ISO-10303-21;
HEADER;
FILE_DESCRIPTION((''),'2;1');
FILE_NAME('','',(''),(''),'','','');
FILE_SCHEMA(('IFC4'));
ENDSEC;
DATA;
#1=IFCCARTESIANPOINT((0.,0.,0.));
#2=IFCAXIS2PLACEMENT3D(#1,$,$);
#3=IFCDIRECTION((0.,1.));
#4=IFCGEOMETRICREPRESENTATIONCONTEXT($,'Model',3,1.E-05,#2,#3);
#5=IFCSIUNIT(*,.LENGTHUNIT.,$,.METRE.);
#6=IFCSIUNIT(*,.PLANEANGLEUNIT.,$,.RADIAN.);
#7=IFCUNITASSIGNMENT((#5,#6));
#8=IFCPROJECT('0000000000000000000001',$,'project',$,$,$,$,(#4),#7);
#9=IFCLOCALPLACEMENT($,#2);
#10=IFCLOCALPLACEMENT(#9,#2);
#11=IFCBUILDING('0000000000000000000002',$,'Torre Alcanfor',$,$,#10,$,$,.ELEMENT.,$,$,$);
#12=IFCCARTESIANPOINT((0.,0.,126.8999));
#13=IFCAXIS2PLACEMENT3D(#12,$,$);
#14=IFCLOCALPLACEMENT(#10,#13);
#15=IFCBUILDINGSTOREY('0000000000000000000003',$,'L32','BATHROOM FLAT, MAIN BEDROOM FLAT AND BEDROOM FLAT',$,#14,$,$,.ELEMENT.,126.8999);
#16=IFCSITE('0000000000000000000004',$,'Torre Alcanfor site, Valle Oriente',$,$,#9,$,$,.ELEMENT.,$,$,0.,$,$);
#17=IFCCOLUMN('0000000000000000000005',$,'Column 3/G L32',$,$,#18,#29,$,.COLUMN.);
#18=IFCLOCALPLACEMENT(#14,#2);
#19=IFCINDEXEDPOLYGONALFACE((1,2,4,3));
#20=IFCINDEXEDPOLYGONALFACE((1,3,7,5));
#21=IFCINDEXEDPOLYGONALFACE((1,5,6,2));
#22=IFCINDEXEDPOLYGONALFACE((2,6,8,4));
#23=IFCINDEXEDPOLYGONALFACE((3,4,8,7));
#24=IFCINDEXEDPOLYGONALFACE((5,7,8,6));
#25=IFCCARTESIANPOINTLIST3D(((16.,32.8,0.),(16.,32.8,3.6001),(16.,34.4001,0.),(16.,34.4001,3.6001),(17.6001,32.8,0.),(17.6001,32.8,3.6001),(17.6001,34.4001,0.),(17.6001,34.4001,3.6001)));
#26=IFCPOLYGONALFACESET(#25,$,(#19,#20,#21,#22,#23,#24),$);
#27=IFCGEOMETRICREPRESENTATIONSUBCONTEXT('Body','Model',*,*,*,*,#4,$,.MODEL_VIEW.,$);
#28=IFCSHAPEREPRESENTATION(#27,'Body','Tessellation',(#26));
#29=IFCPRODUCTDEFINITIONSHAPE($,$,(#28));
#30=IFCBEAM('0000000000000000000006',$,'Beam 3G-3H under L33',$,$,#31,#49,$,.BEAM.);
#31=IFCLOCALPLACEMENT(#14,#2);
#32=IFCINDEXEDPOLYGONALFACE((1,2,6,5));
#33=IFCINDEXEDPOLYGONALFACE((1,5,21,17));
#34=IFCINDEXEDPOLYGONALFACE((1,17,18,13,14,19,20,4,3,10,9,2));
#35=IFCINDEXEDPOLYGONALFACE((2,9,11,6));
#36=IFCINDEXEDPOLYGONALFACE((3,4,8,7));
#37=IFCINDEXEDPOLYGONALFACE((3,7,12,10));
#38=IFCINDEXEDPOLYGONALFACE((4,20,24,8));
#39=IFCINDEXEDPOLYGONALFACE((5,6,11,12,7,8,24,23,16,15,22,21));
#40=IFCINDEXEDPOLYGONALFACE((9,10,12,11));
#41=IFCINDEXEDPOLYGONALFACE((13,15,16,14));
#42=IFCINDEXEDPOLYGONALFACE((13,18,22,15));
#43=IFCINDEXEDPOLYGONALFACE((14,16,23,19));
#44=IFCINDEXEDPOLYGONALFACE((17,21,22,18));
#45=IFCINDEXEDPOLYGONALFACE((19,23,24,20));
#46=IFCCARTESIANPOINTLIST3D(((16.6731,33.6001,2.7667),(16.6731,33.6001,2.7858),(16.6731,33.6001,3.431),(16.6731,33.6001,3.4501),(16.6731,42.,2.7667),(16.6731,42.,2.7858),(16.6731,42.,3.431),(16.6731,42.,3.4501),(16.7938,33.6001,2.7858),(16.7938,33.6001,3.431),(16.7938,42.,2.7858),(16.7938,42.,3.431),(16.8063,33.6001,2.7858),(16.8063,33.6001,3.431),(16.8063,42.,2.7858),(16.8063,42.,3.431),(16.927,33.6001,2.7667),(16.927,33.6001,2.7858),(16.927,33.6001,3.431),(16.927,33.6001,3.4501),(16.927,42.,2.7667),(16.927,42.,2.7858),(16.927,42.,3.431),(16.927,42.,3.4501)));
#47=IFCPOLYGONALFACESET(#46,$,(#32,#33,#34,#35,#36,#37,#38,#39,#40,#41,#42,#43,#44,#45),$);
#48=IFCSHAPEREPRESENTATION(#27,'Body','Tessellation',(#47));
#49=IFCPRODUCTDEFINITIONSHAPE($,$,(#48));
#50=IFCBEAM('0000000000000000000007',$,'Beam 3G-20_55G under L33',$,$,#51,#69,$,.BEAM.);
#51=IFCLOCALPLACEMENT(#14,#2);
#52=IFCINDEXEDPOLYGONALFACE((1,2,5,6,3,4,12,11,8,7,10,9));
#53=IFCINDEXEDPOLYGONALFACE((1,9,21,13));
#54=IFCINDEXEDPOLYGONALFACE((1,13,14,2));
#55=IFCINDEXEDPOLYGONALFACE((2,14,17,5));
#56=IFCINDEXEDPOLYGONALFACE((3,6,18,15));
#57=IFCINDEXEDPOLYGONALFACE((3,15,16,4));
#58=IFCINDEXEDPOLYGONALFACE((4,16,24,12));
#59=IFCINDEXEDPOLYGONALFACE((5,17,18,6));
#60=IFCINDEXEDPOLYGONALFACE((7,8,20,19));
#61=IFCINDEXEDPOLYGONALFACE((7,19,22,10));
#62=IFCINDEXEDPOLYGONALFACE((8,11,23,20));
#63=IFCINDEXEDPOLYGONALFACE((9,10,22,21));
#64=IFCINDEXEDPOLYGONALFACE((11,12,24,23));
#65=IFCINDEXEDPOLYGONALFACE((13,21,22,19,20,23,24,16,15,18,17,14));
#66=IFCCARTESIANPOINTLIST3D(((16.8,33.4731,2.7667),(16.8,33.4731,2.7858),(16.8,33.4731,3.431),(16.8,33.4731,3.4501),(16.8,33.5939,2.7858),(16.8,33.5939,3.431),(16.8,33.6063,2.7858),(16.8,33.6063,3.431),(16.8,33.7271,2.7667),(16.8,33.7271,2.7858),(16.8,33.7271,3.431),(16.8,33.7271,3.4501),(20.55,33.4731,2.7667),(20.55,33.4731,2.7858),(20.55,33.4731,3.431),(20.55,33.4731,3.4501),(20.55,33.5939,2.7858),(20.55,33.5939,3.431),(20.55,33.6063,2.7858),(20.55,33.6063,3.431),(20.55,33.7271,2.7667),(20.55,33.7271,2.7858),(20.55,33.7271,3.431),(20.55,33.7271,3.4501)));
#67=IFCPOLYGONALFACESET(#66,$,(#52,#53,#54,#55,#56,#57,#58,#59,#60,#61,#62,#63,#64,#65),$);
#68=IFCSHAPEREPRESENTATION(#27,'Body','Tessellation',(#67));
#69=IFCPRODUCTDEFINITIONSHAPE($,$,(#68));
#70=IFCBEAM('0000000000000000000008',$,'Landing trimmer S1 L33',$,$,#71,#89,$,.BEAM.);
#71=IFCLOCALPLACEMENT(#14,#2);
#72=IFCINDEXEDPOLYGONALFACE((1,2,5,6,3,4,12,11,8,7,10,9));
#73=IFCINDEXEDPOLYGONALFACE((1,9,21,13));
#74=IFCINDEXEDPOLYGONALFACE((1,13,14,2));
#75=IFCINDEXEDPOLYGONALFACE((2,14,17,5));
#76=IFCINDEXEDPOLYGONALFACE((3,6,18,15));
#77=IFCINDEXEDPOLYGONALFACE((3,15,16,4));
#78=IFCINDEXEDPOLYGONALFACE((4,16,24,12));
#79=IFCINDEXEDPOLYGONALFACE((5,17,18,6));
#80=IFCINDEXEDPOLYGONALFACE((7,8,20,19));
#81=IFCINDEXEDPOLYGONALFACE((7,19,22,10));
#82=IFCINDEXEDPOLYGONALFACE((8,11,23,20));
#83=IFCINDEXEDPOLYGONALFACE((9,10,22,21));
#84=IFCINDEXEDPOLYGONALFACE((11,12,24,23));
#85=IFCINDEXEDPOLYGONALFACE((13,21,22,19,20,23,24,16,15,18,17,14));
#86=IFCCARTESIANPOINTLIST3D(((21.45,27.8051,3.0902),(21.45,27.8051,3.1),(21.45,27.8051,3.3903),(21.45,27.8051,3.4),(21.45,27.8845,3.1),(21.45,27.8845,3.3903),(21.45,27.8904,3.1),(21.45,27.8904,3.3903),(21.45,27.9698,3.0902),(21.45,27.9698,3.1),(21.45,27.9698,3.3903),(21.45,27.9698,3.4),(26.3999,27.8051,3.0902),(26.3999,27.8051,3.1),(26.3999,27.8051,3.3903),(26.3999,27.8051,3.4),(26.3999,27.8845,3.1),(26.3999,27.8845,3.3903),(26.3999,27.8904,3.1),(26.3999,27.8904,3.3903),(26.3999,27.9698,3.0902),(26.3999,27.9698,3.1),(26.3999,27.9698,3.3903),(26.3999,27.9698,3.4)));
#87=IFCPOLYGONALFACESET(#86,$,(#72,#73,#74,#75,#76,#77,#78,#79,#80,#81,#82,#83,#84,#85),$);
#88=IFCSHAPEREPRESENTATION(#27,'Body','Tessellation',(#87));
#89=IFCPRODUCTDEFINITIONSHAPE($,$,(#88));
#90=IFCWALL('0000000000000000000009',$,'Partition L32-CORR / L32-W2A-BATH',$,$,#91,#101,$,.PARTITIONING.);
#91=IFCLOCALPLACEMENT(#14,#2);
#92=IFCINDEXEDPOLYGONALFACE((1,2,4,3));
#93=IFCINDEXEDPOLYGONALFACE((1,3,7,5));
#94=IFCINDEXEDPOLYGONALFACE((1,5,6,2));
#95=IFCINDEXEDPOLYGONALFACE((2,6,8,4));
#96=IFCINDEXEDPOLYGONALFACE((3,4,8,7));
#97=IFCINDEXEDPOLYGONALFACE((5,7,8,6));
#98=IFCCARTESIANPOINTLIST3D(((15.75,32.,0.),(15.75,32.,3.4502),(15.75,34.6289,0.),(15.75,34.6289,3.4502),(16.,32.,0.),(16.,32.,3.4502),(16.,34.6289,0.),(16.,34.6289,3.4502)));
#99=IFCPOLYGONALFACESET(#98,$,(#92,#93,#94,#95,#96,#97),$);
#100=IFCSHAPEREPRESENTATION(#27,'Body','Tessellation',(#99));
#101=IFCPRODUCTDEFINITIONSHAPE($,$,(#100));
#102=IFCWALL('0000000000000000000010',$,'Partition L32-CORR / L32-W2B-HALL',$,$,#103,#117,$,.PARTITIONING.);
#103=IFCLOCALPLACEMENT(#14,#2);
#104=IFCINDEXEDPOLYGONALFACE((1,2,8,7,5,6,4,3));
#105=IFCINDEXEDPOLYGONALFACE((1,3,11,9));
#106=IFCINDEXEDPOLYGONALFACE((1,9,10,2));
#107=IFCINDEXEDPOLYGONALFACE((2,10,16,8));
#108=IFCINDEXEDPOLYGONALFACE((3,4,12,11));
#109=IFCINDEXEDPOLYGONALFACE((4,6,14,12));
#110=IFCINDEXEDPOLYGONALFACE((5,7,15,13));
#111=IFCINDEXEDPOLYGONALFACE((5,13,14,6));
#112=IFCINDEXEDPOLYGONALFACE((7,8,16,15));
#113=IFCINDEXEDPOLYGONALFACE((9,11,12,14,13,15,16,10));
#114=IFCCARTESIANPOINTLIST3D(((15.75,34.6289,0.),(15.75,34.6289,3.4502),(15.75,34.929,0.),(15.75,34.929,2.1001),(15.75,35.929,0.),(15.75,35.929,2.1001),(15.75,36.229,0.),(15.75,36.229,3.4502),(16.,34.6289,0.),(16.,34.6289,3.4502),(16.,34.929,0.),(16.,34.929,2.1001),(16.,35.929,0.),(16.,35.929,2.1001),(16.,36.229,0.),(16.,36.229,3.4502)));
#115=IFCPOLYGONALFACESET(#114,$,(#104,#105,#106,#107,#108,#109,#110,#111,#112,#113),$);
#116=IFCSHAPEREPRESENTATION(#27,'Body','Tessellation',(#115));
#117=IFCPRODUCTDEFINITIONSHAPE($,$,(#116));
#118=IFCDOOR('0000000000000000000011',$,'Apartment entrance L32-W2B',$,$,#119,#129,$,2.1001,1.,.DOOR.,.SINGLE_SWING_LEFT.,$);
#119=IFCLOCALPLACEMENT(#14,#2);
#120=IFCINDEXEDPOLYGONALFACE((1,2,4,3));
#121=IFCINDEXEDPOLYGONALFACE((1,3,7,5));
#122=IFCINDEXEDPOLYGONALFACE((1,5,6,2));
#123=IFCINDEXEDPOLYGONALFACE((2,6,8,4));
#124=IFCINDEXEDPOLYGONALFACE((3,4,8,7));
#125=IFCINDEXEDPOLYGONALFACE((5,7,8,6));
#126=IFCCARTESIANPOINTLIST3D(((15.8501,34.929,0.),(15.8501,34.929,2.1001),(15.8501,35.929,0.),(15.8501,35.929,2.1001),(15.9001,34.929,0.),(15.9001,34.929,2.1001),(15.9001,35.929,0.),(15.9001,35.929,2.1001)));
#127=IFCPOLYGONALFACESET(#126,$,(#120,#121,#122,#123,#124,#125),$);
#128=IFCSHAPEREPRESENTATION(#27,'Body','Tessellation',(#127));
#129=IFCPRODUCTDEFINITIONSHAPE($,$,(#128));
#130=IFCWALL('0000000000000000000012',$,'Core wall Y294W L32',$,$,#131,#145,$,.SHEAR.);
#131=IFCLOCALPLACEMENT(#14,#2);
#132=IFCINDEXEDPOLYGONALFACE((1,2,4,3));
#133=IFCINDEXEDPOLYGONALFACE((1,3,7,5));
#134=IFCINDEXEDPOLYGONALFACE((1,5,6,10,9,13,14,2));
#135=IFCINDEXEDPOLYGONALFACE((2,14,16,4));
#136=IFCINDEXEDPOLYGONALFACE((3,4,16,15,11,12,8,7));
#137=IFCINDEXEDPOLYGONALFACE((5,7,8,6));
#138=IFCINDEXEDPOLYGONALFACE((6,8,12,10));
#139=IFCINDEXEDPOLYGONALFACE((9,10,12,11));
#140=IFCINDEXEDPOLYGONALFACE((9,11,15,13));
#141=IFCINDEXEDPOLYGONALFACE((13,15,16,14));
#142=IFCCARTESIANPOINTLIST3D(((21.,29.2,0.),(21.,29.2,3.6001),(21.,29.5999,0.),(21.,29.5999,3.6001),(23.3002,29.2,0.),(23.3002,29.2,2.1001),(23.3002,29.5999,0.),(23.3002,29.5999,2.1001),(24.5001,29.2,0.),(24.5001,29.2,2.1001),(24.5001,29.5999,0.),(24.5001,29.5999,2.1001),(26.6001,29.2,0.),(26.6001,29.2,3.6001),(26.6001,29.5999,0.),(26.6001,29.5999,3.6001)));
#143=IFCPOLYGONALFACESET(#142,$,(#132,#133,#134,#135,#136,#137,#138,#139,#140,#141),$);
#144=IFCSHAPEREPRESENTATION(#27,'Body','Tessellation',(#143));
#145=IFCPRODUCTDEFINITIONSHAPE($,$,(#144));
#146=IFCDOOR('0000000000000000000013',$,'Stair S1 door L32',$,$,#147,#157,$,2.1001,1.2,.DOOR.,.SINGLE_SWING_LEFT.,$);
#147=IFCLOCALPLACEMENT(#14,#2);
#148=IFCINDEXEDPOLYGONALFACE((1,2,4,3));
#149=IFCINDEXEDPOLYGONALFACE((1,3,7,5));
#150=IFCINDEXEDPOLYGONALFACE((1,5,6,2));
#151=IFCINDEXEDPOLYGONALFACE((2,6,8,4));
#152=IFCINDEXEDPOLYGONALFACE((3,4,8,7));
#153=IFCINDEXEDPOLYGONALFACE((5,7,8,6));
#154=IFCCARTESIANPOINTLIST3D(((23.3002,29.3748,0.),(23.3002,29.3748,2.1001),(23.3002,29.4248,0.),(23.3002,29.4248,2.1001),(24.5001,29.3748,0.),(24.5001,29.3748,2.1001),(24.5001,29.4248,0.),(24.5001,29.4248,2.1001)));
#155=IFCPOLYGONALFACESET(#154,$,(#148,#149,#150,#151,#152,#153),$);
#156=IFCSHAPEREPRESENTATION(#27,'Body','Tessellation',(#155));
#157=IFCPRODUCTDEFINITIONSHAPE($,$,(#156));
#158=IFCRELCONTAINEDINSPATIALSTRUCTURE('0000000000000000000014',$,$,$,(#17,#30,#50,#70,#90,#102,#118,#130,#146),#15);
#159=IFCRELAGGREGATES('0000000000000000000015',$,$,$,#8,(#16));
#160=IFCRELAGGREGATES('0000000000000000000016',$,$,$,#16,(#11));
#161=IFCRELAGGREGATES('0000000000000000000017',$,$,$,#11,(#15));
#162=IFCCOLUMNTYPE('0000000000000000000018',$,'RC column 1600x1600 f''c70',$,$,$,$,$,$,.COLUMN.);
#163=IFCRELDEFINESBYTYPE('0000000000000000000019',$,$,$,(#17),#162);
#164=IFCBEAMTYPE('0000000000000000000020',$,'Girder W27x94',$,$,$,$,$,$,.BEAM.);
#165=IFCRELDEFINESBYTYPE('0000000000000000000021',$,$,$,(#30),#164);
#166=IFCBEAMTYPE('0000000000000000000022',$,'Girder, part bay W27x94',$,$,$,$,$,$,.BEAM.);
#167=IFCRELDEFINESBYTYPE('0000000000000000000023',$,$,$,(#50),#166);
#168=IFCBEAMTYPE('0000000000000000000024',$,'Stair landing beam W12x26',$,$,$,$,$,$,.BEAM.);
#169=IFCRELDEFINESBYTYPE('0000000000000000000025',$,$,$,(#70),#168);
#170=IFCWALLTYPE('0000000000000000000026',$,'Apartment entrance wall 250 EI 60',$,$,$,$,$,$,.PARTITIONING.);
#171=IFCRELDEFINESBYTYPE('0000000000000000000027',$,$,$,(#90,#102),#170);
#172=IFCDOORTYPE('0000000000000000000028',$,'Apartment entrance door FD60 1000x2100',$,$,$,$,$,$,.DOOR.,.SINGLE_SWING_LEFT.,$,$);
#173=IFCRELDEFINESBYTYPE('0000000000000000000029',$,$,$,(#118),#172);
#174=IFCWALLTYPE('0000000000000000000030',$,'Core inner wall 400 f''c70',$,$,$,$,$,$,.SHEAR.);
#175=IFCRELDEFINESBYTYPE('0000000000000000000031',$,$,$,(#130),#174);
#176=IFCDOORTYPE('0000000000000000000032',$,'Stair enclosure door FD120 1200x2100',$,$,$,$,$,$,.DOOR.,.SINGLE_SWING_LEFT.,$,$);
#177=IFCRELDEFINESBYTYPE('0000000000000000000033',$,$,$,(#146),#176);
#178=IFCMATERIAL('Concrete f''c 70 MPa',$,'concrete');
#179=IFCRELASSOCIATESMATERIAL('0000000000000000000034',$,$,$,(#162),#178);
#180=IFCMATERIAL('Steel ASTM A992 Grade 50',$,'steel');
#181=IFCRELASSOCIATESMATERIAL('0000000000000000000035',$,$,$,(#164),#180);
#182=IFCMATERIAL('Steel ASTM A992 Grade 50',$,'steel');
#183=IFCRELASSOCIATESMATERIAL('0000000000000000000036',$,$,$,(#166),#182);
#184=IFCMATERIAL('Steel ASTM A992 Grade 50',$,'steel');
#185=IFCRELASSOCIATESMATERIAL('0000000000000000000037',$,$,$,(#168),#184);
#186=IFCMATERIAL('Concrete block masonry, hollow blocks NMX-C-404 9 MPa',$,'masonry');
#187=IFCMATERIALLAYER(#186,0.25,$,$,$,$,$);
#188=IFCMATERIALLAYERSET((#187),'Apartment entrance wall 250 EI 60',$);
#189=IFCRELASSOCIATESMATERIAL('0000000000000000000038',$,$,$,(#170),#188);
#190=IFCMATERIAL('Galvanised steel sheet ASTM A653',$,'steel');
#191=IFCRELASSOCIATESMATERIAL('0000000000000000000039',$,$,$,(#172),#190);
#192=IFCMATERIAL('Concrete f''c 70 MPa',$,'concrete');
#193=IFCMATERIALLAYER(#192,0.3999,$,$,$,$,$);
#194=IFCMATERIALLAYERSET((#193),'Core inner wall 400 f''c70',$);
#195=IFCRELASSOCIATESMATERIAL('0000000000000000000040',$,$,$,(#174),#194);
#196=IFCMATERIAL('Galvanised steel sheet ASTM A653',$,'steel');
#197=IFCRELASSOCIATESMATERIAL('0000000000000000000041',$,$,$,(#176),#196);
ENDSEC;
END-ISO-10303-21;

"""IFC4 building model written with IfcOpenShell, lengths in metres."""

from ifc_helpers import new_model, si_unit, direction, frame, frame_2d, origin, origin_2d, place, context, subcontext, project, spatial, rectangle, i_section, extrude, material, layer, layer_set, material_profile, profile_set, type_object, element, fill, save


model = new_model("IFC4")

# Units and contexts
model_context = context("Model", 3, precision=1e-05, world=origin(), true_north=direction((0.0, 1.0)))
body_context = subcontext(model_context, "Body", "Model", "MODEL_VIEW")
ifc_project = project(units=[si_unit("LENGTHUNIT", "METRE"), si_unit("PLANEANGLEUNIT", "RADIAN")], contexts=[model_context])

# Site, building, storey
site_placement = place(None, origin())
site = spatial("IfcSite", under=ifc_project, at=site_placement, Name="Torre Alcanfor site, Valle Oriente", CompositionType="ELEMENT", RefElevation=0.0)
building_placement = place(site_placement, origin())
building = spatial("IfcBuilding", under=site, at=building_placement, Name="Torre Alcanfor", CompositionType="ELEMENT")
storey_placement = place(building_placement, frame((0.0, 0.0, 126.8999)))
storey = spatial("IfcBuildingStorey", under=building, at=storey_placement, Name="L32", Description="BATHROOM FLAT, MAIN BEDROOM FLAT AND BEDROOM FLAT", CompositionType="ELEMENT", Elevation=126.8999)

# Column
ifc_material_1 = material(Name="Concrete f'c 70 MPa", Category="concrete")
ifc_material_profile_1 = material_profile(ifc_material_1, rectangle(XDim=1.6001, YDim=1.6001, at=origin_2d()), Name="1600x1600")
ifc_profile_set_1 = profile_set([ifc_material_profile_1], Name="Concrete f'c 70 MPa")
column_type = type_object("IfcColumnType", Name="RC column 1600x1600 f'c70", PredefinedType="COLUMN", material=ifc_profile_set_1)
column_placement = place(storey_placement, frame((16.8, 33.6001, 0.0), z_axis=(0.0, 0.0, 1.0), x_axis=(1.0, 0.0, 0.0)))
element("IfcColumn", 1, at=column_placement, inside=storey, type_object=column_type, Name="Column 3/G L32", PredefinedType="COLUMN", context=body_context, shape_type="SweptSolid", body=[
    extrude(rectangle(XDim=1.6001, YDim=1.6001, at=origin_2d()), origin(), (0.0, 0.0, 1.0), 3.6001),
])

# Beams
ifc_material_2 = material(Name="Steel ASTM A992 Grade 50", Category="steel")
ifc_material_profile_2 = material_profile(ifc_material_2, i_section(OverallWidth=0.2539, OverallDepth=0.6833, WebThickness=0.0125, FlangeThickness=0.019, at=origin_2d()), Name="W27x94")
ifc_profile_set_2 = profile_set([ifc_material_profile_2], Name="Steel ASTM A992 Grade 50")
beam_type_1 = type_object("IfcBeamType", Name="Girder W27x94", PredefinedType="BEAM", material=ifc_profile_set_2)
beam_1_placement = place(storey_placement, frame((16.8, 33.6001, 3.1084), z_axis=(0.0, 1.0, 0.0), x_axis=(-1.0, 0.0, 0.0)))
element("IfcBeam", 2, at=beam_1_placement, inside=storey, type_object=beam_type_1, Name="Beam 3G-3H under L33", PredefinedType="BEAM", context=body_context, shape_type="SweptSolid", body=[
    extrude(i_section(OverallWidth=0.2539, OverallDepth=0.6833, WebThickness=0.0125, FlangeThickness=0.019, at=origin_2d()), origin(), (0.0, 0.0, 1.0), 8.3999),
])
ifc_material_3 = material(Name="Steel ASTM A992 Grade 50", Category="steel")
ifc_material_profile_3 = material_profile(ifc_material_3, i_section(OverallWidth=0.2539, OverallDepth=0.6833, WebThickness=0.0125, FlangeThickness=0.019, at=origin_2d()), Name="W27x94")
ifc_profile_set_3 = profile_set([ifc_material_profile_3], Name="Steel ASTM A992 Grade 50")
beam_type_2 = type_object("IfcBeamType", Name="Girder, part bay W27x94", PredefinedType="BEAM", material=ifc_profile_set_3)
beam_2_placement = place(storey_placement, frame((16.8, 33.6001, 3.1084), z_axis=(1.0, 0.0, 0.0), x_axis=(0.0, 1.0, 0.0)))
element("IfcBeam", 3, at=beam_2_placement, inside=storey, type_object=beam_type_2, Name="Beam 3G-20_55G under L33", PredefinedType="BEAM", context=body_context, shape_type="SweptSolid", body=[
    extrude(i_section(OverallWidth=0.2539, OverallDepth=0.6833, WebThickness=0.0125, FlangeThickness=0.019, at=origin_2d()), origin(), (0.0, 0.0, 1.0), 3.75),
])
ifc_material_4 = material(Name="Steel ASTM A992 Grade 50", Category="steel")
ifc_material_profile_4 = material_profile(ifc_material_4, i_section(OverallWidth=0.1648, OverallDepth=0.3098, WebThickness=0.0059, FlangeThickness=0.0098, at=origin_2d()), Name="W12x26")
ifc_profile_set_4 = profile_set([ifc_material_profile_4], Name="Steel ASTM A992 Grade 50")
beam_type_3 = type_object("IfcBeamType", Name="Stair landing beam W12x26", PredefinedType="BEAM", material=ifc_profile_set_4)
beam_3_placement = place(storey_placement, frame((21.45, 27.8875, 3.2451), z_axis=(1.0, 0.0, 0.0), x_axis=(0.0, 1.0, 0.0)))
element("IfcBeam", 4, at=beam_3_placement, inside=storey, type_object=beam_type_3, Name="Landing trimmer S1 L33", PredefinedType="BEAM", context=body_context, shape_type="SweptSolid", body=[
    extrude(i_section(OverallWidth=0.1648, OverallDepth=0.3098, WebThickness=0.0059, FlangeThickness=0.0098, at=origin_2d()), origin(), (0.0, 0.0, 1.0), 4.95),
])

# Wall
ifc_material_5 = material(Name="Concrete block masonry, hollow blocks NMX-C-404 9 MPa", Category="masonry")
ifc_layer_1 = layer(ifc_material_5, 0.25)
ifc_layer_set_1 = layer_set([ifc_layer_1], Name="Apartment entrance wall 250 EI 60")
wall_type_1 = type_object("IfcWallType", Name="Apartment entrance wall 250 EI 60", PredefinedType="PARTITIONING", material=ifc_layer_set_1)
wall_1_placement = place(storey_placement, frame((15.875, 32.0, 0.0), z_axis=(0.0, 0.0, 1.0), x_axis=(0.0, 1.0, 0.0)))
element("IfcWall", 5, at=wall_1_placement, inside=storey, type_object=wall_type_1, Name="Partition L32-CORR / L32-W2A-BATH", PredefinedType="PARTITIONING", context=body_context, shape_type="SweptSolid", body=[
    extrude(rectangle(XDim=2.6289, YDim=0.25, at=frame_2d((1.3145, 0.0))), origin(), (0.0, 0.0, 1.0), 3.4502),
])

# Walls, openings, doors
wall_2_placement = place(storey_placement, frame((15.875, 34.6289, 0.0), z_axis=(0.0, 0.0, 1.0), x_axis=(0.0, 1.0, 0.0)))
wall_2 = element("IfcWall", 6, at=wall_2_placement, inside=storey, type_object=wall_type_1, Name="Partition L32-CORR / L32-W2B-HALL", PredefinedType="PARTITIONING", context=body_context, shape_type="SweptSolid", body=[
    extrude(rectangle(XDim=1.6001, YDim=0.25, at=frame_2d((0.8, 0.0))), origin(), (0.0, 0.0, 1.0), 3.4502),
])
opening_1_placement = place(wall_2_placement, frame((0.3, 0.0, 0.0)))
opening_1 = element("IfcOpeningElement", 7, at=opening_1_placement, cuts=wall_2, PredefinedType="OPENING", context=body_context, shape_type="SweptSolid", body=[
    extrude(rectangle(XDim=1.0, YDim=2.1001, at=frame_2d((0.5, 1.05))), frame((0.0, 0.135, 0.0), z_axis=(0.0, -1.0, 0.0), x_axis=(1.0, 0.0, 0.0)), (0.0, 0.0, 1.0), 0.27),
])
ifc_material_6 = material(Name="Galvanised steel sheet ASTM A653", Category="steel")
door_type_1 = type_object("IfcDoorType", Name="Apartment entrance door FD60 1000x2100", OperationType="SINGLE_SWING_LEFT", PredefinedType="DOOR", material=ifc_material_6)
door_1_placement = place(opening_1_placement, origin())
door_1 = element("IfcDoor", 8, at=door_1_placement, inside=storey, type_object=door_type_1, Name="Apartment entrance L32-W2B", OperationType="SINGLE_SWING_LEFT", OverallHeight=2.1001, OverallWidth=1.0, PredefinedType="DOOR", context=body_context, shape_type="SweptSolid", body=[
    extrude(rectangle(XDim=1.0, YDim=2.1001, at=frame_2d((0.5, 1.05))), frame((0.0, 0.0249, 0.0), z_axis=(0.0, -1.0, 0.0), x_axis=(1.0, 0.0, 0.0)), (0.0, 0.0, 1.0), 0.05),
])
fill(opening_1, door_1)
ifc_material_7 = material(Name="Concrete f'c 70 MPa", Category="concrete")
ifc_layer_2 = layer(ifc_material_7, 0.3999)
ifc_layer_set_2 = layer_set([ifc_layer_2], Name="Core inner wall 400 f'c70")
wall_type_2 = type_object("IfcWallType", Name="Core inner wall 400 f'c70", PredefinedType="SHEAR", material=ifc_layer_set_2)
wall_3_placement = place(storey_placement, frame((21.0, 29.3999, 0.0), z_axis=(0.0, 0.0, 1.0), x_axis=(1.0, 0.0, 0.0)))
wall_3 = element("IfcWall", 9, at=wall_3_placement, inside=storey, type_object=wall_type_2, Name="Core wall Y294W L32", PredefinedType="SHEAR", context=body_context, shape_type="SweptSolid", body=[
    extrude(rectangle(XDim=5.6001, YDim=0.3999, at=frame_2d((2.8, 0.0))), origin(), (0.0, 0.0, 1.0), 3.6001),
])
opening_2_placement = place(wall_3_placement, frame((2.3, 0.0, 0.0)))
opening_2 = element("IfcOpeningElement", 10, at=opening_2_placement, cuts=wall_3, PredefinedType="OPENING", context=body_context, shape_type="SweptSolid", body=[
    extrude(rectangle(XDim=1.2, YDim=2.1001, at=frame_2d((0.6001, 1.05))), frame((0.0, 0.21, 0.0), z_axis=(0.0, -1.0, 0.0), x_axis=(1.0, 0.0, 0.0)), (0.0, 0.0, 1.0), 0.4199),
])
ifc_material_8 = material(Name="Galvanised steel sheet ASTM A653", Category="steel")
door_type_2 = type_object("IfcDoorType", Name="Stair enclosure door FD120 1200x2100", OperationType="SINGLE_SWING_LEFT", PredefinedType="DOOR", material=ifc_material_8)
door_2_placement = place(opening_2_placement, frame((1.2, 0.0, 0.0), z_axis=(0.0, 0.0, 1.0), x_axis=(-1.0, 0.0, 0.0)))
door_2 = element("IfcDoor", 11, at=door_2_placement, inside=storey, type_object=door_type_2, Name="Stair S1 door L32", OperationType="SINGLE_SWING_LEFT", OverallHeight=2.1001, OverallWidth=1.2, PredefinedType="DOOR", context=body_context, shape_type="SweptSolid", body=[
    extrude(rectangle(XDim=1.2, YDim=2.1001, at=frame_2d((0.5999, 1.05))), frame((0.0, 0.0251, 0.0), z_axis=(0.0, -1.0, 0.0), x_axis=(1.0, 0.0, 0.0)), (0.0, 0.0, 1.0), 0.05),
])
fill(opening_2, door_2)

save(model, "model.ifc")
